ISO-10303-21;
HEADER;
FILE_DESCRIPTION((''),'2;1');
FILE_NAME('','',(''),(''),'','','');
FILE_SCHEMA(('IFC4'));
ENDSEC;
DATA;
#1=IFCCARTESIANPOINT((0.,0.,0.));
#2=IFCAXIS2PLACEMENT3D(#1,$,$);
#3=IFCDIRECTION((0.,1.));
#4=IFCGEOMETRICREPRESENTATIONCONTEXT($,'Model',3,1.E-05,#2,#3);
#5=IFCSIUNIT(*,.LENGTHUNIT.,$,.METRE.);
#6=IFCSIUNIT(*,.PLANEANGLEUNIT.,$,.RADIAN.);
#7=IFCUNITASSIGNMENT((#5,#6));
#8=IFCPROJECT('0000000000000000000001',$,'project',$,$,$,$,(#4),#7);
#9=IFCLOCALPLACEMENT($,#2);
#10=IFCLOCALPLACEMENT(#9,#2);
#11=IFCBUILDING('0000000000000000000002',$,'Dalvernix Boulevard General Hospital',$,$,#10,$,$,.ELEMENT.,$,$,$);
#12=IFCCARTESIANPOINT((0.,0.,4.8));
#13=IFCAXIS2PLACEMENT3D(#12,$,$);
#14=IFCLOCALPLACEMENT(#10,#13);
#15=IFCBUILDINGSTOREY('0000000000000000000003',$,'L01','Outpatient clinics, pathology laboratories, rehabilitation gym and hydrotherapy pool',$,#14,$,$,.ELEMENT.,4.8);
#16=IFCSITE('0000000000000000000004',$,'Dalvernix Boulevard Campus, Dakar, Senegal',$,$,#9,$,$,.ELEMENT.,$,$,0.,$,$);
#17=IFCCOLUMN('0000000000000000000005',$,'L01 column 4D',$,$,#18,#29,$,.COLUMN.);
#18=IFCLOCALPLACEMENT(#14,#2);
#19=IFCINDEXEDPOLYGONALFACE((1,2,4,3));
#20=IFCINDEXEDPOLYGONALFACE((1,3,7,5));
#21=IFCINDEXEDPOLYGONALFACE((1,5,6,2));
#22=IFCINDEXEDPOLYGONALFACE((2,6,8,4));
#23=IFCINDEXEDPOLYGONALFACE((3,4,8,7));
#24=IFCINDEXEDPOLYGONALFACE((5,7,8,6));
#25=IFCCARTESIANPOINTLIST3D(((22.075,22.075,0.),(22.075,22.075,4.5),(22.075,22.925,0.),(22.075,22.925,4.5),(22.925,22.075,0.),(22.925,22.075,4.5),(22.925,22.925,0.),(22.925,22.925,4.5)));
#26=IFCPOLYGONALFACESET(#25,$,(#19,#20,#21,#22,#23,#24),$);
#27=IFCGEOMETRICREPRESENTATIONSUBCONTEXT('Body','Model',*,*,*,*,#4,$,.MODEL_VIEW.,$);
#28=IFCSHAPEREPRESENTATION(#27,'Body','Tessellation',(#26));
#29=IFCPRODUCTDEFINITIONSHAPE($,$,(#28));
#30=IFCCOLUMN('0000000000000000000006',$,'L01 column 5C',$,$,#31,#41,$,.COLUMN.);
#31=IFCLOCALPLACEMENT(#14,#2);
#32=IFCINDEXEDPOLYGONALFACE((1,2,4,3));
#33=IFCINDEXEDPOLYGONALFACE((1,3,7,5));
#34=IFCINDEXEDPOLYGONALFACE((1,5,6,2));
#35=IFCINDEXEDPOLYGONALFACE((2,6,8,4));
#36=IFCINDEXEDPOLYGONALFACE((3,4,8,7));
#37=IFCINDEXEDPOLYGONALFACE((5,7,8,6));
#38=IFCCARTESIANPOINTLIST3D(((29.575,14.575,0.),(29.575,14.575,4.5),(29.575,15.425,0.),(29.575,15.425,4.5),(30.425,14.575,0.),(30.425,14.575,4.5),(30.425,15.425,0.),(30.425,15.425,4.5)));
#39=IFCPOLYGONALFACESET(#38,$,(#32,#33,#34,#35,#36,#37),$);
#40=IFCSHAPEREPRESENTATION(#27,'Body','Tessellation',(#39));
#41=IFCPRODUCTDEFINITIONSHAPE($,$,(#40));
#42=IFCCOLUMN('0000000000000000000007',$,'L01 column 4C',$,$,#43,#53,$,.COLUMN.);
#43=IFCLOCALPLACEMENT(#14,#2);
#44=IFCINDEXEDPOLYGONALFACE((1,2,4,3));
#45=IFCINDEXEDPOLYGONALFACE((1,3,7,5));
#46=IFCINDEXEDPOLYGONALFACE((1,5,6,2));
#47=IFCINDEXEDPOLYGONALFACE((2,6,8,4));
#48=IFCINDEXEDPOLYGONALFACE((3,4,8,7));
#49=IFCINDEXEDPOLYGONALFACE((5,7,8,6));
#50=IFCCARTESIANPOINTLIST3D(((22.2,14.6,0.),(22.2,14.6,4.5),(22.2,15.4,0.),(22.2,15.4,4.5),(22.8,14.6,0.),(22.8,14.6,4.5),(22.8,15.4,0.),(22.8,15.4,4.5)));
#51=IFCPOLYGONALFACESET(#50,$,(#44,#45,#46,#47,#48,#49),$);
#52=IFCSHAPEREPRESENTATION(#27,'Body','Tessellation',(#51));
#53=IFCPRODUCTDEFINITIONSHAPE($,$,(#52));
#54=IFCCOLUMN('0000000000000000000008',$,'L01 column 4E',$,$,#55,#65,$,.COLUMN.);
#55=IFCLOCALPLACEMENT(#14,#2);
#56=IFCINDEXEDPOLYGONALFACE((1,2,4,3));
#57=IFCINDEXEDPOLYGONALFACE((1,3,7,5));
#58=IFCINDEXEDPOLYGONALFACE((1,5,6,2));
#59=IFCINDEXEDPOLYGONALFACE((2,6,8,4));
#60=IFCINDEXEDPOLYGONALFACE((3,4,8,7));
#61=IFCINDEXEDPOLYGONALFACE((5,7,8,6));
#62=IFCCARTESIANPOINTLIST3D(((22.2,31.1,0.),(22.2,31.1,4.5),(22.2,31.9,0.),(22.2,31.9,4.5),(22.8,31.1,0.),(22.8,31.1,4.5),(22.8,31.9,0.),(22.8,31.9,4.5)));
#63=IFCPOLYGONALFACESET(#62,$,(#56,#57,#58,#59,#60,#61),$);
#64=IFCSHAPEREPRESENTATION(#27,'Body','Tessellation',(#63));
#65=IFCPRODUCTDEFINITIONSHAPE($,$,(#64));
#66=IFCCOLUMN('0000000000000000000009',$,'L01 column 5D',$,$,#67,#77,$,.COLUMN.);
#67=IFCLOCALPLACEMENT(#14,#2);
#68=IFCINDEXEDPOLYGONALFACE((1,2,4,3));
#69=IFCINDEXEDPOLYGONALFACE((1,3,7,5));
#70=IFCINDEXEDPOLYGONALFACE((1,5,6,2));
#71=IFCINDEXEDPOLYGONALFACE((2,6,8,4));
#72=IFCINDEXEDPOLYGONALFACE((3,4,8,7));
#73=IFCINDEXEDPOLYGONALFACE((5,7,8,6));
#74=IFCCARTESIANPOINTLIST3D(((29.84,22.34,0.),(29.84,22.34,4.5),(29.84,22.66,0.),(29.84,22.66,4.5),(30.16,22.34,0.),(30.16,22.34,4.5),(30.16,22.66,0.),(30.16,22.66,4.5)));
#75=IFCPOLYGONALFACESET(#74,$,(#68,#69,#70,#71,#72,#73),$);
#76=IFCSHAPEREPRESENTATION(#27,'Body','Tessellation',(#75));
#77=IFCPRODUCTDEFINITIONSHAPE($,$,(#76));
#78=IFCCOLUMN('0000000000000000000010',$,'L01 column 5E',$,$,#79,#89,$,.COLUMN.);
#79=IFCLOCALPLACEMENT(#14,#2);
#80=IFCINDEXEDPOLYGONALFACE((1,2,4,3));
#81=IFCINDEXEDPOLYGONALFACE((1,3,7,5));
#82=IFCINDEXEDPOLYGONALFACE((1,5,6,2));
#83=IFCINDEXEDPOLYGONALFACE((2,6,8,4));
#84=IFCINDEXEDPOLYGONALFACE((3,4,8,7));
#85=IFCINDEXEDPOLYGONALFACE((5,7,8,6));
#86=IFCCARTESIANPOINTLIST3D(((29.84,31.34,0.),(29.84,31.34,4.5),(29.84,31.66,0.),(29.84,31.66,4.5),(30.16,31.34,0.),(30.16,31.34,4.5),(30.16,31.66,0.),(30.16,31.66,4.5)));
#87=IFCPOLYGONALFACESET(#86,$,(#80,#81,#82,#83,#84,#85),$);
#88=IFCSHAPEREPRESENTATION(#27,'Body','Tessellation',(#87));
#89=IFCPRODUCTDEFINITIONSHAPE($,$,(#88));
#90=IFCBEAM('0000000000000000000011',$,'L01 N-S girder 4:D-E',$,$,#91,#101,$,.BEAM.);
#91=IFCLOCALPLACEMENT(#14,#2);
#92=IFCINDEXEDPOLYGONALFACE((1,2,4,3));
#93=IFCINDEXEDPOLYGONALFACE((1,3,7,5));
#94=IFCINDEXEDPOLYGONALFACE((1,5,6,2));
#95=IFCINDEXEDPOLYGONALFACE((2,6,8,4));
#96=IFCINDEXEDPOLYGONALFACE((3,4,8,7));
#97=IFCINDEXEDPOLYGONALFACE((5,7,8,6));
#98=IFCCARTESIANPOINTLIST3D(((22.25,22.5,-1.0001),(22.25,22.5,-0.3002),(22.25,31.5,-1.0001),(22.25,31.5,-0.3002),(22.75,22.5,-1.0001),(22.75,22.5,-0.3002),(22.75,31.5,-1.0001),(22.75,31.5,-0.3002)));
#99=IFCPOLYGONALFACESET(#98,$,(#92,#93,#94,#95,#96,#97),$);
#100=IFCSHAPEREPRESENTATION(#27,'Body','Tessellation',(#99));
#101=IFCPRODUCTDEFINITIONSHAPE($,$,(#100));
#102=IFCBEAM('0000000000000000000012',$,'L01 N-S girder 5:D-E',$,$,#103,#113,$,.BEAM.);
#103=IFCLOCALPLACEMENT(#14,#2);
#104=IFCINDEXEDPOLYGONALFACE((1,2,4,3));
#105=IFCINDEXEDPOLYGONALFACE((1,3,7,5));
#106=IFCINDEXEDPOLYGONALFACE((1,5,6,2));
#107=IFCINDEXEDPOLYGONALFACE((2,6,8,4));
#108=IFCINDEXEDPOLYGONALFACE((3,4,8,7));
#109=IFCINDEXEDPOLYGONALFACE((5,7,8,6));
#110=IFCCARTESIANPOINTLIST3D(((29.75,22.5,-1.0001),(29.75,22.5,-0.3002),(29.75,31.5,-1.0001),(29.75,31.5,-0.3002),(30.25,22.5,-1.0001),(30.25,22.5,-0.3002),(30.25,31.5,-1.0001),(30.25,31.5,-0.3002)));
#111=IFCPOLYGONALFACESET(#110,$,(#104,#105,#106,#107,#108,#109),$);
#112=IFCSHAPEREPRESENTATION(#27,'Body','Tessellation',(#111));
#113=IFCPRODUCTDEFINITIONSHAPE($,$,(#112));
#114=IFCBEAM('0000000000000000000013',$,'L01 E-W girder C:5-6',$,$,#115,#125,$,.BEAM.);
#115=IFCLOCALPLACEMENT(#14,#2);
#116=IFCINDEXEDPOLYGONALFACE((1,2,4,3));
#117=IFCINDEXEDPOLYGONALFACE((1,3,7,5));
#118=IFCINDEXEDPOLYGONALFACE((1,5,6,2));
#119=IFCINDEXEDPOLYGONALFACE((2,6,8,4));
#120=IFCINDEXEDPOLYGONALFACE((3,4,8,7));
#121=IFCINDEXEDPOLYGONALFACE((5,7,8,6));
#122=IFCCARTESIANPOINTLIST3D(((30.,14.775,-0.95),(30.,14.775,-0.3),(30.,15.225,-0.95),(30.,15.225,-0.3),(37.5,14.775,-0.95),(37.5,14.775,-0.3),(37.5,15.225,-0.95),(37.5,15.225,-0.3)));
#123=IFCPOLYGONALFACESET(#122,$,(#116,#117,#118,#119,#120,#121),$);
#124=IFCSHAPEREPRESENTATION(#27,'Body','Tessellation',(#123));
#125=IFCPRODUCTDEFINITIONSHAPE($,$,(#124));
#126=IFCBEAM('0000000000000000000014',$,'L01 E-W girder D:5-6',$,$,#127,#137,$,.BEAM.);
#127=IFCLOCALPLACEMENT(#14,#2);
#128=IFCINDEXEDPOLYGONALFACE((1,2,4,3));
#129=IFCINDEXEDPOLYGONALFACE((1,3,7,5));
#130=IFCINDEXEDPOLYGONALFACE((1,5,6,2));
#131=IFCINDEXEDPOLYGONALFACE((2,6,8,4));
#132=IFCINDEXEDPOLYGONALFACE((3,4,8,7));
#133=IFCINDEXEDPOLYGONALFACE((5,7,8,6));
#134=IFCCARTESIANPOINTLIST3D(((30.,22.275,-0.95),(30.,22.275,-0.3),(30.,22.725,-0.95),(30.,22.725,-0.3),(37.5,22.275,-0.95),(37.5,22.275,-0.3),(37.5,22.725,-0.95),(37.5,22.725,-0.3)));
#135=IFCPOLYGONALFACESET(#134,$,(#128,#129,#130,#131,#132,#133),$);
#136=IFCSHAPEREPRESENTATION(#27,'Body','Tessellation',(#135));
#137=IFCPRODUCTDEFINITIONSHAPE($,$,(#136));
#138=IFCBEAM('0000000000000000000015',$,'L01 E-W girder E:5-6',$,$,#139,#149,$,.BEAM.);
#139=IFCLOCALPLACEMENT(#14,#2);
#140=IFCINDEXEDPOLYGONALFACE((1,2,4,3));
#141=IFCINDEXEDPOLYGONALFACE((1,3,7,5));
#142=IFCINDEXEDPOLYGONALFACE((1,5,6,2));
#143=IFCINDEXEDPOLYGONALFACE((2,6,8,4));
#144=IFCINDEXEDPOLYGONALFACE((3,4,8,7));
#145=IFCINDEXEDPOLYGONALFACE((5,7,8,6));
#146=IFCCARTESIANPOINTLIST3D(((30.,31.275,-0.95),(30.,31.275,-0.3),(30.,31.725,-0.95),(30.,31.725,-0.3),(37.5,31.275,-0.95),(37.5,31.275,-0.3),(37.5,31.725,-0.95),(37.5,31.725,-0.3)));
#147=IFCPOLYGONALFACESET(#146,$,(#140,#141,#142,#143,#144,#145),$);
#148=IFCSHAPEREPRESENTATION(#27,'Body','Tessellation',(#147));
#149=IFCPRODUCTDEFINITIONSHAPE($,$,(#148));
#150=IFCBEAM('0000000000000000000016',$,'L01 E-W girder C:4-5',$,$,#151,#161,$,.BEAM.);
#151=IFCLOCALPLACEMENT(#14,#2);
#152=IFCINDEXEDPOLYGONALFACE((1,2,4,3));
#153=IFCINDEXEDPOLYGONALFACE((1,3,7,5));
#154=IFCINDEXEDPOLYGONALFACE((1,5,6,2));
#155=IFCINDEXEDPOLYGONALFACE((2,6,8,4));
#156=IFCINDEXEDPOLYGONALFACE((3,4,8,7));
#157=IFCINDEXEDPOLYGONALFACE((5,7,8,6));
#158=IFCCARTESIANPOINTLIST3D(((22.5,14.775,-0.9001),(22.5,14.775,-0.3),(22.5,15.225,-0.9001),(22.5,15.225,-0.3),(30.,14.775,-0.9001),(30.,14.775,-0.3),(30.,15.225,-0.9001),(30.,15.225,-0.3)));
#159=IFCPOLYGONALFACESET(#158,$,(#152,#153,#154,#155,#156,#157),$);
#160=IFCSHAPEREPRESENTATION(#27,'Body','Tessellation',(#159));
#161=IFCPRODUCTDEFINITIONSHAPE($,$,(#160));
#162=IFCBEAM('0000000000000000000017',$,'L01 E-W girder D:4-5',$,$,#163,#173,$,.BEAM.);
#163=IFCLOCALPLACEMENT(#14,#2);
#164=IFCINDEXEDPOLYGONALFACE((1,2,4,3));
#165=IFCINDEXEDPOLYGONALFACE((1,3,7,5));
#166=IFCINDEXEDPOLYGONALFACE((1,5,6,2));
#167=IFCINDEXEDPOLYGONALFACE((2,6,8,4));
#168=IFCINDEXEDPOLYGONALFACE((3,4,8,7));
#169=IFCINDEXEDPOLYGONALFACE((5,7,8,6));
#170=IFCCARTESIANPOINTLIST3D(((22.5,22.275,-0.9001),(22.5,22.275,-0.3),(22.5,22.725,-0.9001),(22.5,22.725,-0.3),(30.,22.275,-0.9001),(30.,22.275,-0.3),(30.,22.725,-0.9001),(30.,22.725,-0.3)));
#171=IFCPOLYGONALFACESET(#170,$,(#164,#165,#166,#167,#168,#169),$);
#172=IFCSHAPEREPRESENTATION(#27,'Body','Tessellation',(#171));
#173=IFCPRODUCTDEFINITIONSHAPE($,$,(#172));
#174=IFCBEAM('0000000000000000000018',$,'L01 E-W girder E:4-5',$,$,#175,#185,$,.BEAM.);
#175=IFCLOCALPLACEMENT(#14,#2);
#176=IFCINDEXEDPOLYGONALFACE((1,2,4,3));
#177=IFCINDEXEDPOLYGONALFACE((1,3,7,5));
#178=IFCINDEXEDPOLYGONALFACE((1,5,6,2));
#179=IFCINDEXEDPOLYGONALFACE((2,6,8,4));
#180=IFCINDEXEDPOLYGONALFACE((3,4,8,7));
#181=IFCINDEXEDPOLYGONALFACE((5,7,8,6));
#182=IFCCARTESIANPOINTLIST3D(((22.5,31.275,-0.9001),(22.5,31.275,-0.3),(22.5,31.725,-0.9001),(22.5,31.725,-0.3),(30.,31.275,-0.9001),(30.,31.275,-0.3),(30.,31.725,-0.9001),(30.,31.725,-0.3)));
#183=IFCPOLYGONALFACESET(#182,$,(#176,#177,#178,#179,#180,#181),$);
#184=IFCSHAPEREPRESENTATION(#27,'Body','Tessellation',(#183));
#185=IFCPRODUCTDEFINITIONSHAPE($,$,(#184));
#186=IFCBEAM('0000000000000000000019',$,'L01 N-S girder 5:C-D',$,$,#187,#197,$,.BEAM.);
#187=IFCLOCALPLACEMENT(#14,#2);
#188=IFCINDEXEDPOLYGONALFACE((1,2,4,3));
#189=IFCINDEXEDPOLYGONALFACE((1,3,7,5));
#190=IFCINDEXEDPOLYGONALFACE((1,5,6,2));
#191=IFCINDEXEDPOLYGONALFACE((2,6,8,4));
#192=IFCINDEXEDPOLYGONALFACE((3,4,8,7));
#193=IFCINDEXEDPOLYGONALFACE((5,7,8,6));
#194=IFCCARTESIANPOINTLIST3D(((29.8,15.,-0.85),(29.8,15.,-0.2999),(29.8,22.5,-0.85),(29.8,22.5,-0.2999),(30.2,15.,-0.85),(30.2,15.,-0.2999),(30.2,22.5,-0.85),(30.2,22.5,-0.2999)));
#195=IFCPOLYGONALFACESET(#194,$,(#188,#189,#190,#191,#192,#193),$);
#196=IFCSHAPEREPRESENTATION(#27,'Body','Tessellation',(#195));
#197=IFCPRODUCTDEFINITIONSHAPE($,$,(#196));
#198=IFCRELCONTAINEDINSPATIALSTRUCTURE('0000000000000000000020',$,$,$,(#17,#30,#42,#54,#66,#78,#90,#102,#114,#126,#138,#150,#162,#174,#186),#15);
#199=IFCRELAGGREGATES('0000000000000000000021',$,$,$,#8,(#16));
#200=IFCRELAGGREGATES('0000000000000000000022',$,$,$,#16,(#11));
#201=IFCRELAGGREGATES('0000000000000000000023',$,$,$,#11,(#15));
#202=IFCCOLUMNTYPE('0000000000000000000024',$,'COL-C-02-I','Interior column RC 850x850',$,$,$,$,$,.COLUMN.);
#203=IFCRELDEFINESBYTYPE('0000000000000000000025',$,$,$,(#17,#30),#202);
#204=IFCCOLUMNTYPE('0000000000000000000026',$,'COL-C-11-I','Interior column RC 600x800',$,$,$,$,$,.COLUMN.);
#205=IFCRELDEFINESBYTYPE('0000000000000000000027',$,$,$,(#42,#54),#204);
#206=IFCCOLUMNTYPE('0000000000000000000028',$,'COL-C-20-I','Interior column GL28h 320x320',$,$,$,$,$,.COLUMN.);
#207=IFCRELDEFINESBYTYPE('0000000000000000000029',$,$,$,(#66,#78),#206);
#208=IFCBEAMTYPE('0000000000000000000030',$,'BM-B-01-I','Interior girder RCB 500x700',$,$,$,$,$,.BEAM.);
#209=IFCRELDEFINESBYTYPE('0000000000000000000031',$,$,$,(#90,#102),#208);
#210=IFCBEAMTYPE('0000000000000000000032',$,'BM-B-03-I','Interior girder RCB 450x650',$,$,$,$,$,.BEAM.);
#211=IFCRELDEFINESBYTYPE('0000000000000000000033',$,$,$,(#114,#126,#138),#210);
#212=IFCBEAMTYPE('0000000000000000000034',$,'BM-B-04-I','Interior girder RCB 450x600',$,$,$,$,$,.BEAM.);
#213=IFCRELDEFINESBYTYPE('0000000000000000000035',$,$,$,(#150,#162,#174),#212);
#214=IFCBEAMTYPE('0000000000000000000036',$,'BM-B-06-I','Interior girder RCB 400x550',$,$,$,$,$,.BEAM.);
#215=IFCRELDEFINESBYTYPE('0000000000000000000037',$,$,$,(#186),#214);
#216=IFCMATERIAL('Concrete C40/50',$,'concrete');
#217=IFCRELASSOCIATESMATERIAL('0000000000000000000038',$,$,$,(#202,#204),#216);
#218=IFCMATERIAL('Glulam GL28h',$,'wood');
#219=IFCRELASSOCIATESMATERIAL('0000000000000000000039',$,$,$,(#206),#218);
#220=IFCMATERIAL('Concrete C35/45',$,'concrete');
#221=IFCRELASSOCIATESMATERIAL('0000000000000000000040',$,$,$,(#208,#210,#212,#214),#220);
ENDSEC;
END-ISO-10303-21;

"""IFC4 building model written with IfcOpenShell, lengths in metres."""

from ifc_helpers import new_model, si_unit, direction, frame, origin, origin_2d, place, context, subcontext, project, spatial, rectangle, extrude, material, material_profile, profile_set, type_object, element, save


model = new_model("IFC4")

# Units and contexts
model_context = context("Model", 3, precision=1e-05, world=origin(), true_north=direction((0.0, 1.0)))
body_context = subcontext(model_context, "Body", "Model", "MODEL_VIEW")
ifc_project = project(units=[si_unit("LENGTHUNIT", "METRE"), si_unit("PLANEANGLEUNIT", "RADIAN")], contexts=[model_context])

# Site, building, storey
site_placement = place(None, origin())
site = spatial("IfcSite", under=ifc_project, at=site_placement, Name="Dalvernix Boulevard Campus, Dakar, Senegal", CompositionType="ELEMENT", RefElevation=0.0)
building_placement = place(site_placement, origin())
building = spatial("IfcBuilding", under=site, at=building_placement, Name="Dalvernix Boulevard General Hospital", CompositionType="ELEMENT")
storey_placement = place(building_placement, frame((0.0, 0.0, 4.8)))
storey = spatial("IfcBuildingStorey", under=building, at=storey_placement, Name="L01", Description="Outpatient clinics, pathology laboratories, rehabilitation gym and hydrotherapy pool", CompositionType="ELEMENT", Elevation=4.8)

# Columns
ifc_material_1 = material(Name="Concrete C40/50", Category="concrete")
ifc_material_profile_1 = material_profile(ifc_material_1, rectangle(XDim=0.8501, YDim=0.8501, at=origin_2d()), Name="RC 850x850")
ifc_profile_set_1 = profile_set([ifc_material_profile_1], Name="Concrete C40/50")
column_type_1 = type_object("IfcColumnType", Name="COL-C-02-I", Description="Interior column RC 850x850", PredefinedType="COLUMN", material=ifc_profile_set_1)
for number, where, z_axis, x_axis, name in (
    (1, (22.5, 22.5, 0.0), (0.0, 0.0, 1.0), (1.0, 0.0, 0.0), "L01 column 4D"),
    (2, (30.0, 15.0, 0.0), (0.0, 0.0, 1.0), (1.0, 0.0, 0.0), "L01 column 5C"),
):
    element("IfcColumn", number, at=place(storey_placement, frame(where, z_axis=z_axis, x_axis=x_axis)), inside=storey, type_object=column_type_1, Name=name, PredefinedType="COLUMN", context=body_context, shape_type="SweptSolid", body=[
        extrude(rectangle(XDim=0.8501, YDim=0.8501, at=origin_2d()), origin(), (0.0, 0.0, 1.0), 4.5),
    ])
ifc_material_profile_2 = material_profile(ifc_material_1, rectangle(XDim=0.6001, YDim=0.8, at=origin_2d()), Name="RC 600x800")
ifc_profile_set_2 = profile_set([ifc_material_profile_2], Name="Concrete C40/50")
column_type_2 = type_object("IfcColumnType", Name="COL-C-11-I", Description="Interior column RC 600x800", PredefinedType="COLUMN", material=ifc_profile_set_2)
for number, where, z_axis, x_axis, name in (
    (3, (22.5, 15.0, 0.0), (0.0, 0.0, 1.0), (1.0, 0.0, 0.0), "L01 column 4C"),
    (4, (22.5, 31.5, 0.0), (0.0, 0.0, 1.0), (1.0, 0.0, 0.0), "L01 column 4E"),
):
    element("IfcColumn", number, at=place(storey_placement, frame(where, z_axis=z_axis, x_axis=x_axis)), inside=storey, type_object=column_type_2, Name=name, PredefinedType="COLUMN", context=body_context, shape_type="SweptSolid", body=[
        extrude(rectangle(XDim=0.6001, YDim=0.8, at=origin_2d()), origin(), (0.0, 0.0, 1.0), 4.5),
    ])
ifc_material_2 = material(Name="Glulam GL28h", Category="wood")
ifc_material_profile_3 = material_profile(ifc_material_2, rectangle(XDim=0.3201, YDim=0.3201, at=origin_2d()), Name="GL28h 320x320")
ifc_profile_set_3 = profile_set([ifc_material_profile_3], Name="Glulam GL28h")
column_type_3 = type_object("IfcColumnType", Name="COL-C-20-I", Description="Interior column GL28h 320x320", PredefinedType="COLUMN", material=ifc_profile_set_3)
for number, where, z_axis, x_axis, name in (
    (5, (30.0, 22.5, 0.0), (0.0, 0.0, 1.0), (1.0, 0.0, 0.0), "L01 column 5D"),
    (6, (30.0, 31.5, 0.0), (0.0, 0.0, 1.0), (1.0, 0.0, 0.0), "L01 column 5E"),
):
    element("IfcColumn", number, at=place(storey_placement, frame(where, z_axis=z_axis, x_axis=x_axis)), inside=storey, type_object=column_type_3, Name=name, PredefinedType="COLUMN", context=body_context, shape_type="SweptSolid", body=[
        extrude(rectangle(XDim=0.3201, YDim=0.3201, at=origin_2d()), origin(), (0.0, 0.0, 1.0), 4.5),
    ])

# Beams
ifc_material_3 = material(Name="Concrete C35/45", Category="concrete")
ifc_material_profile_4 = material_profile(ifc_material_3, rectangle(XDim=0.5, YDim=0.7, at=origin_2d()), Name="RCB 500x700")
ifc_profile_set_4 = profile_set([ifc_material_profile_4], Name="Concrete C35/45")
beam_type_1 = type_object("IfcBeamType", Name="BM-B-01-I", Description="Interior girder RCB 500x700", PredefinedType="BEAM", material=ifc_profile_set_4)
for number, where, z_axis, x_axis, name in (
    (7, (22.5, 22.5, -0.6501), (0.0, 1.0, 0.0), (-1.0, 0.0, 0.0), "L01 N-S girder 4:D-E"),
    (8, (30.0, 22.5, -0.6501), (0.0, 1.0, 0.0), (-1.0, 0.0, 0.0), "L01 N-S girder 5:D-E"),
):
    element("IfcBeam", number, at=place(storey_placement, frame(where, z_axis=z_axis, x_axis=x_axis)), inside=storey, type_object=beam_type_1, Name=name, PredefinedType="BEAM", context=body_context, shape_type="SweptSolid", body=[
        extrude(rectangle(XDim=0.5, YDim=0.7, at=origin_2d()), origin(), (0.0, 0.0, 1.0), 9.0),
    ])
ifc_material_profile_5 = material_profile(ifc_material_3, rectangle(XDim=0.45, YDim=0.6499, at=origin_2d()), Name="RCB 450x650")
ifc_profile_set_5 = profile_set([ifc_material_profile_5], Name="Concrete C35/45")
beam_type_2 = type_object("IfcBeamType", Name="BM-B-03-I", Description="Interior girder RCB 450x650", PredefinedType="BEAM", material=ifc_profile_set_5)
for number, where, z_axis, x_axis, name in (
    (9, (30.0, 15.0, -0.625), (1.0, 0.0, 0.0), (0.0, 1.0, 0.0), "L01 E-W girder C:5-6"),
    (10, (30.0, 22.5, -0.625), (1.0, 0.0, 0.0), (0.0, 1.0, 0.0), "L01 E-W girder D:5-6"),
    (11, (30.0, 31.5, -0.625), (1.0, 0.0, 0.0), (0.0, 1.0, 0.0), "L01 E-W girder E:5-6"),
):
    element("IfcBeam", number, at=place(storey_placement, frame(where, z_axis=z_axis, x_axis=x_axis)), inside=storey, type_object=beam_type_2, Name=name, PredefinedType="BEAM", context=body_context, shape_type="SweptSolid", body=[
        extrude(rectangle(XDim=0.45, YDim=0.6499, at=origin_2d()), origin(), (0.0, 0.0, 1.0), 7.5),
    ])
ifc_material_profile_6 = material_profile(ifc_material_3, rectangle(XDim=0.45, YDim=0.6001, at=origin_2d()), Name="RCB 450x600")
ifc_profile_set_6 = profile_set([ifc_material_profile_6], Name="Concrete C35/45")
beam_type_3 = type_object("IfcBeamType", Name="BM-B-04-I", Description="Interior girder RCB 450x600", PredefinedType="BEAM", material=ifc_profile_set_6)
for number, where, z_axis, x_axis, name in (
    (12, (22.5, 15.0, -0.6001), (1.0, 0.0, 0.0), (0.0, 1.0, 0.0), "L01 E-W girder C:4-5"),
    (13, (22.5, 22.5, -0.6001), (1.0, 0.0, 0.0), (0.0, 1.0, 0.0), "L01 E-W girder D:4-5"),
    (14, (22.5, 31.5, -0.6001), (1.0, 0.0, 0.0), (0.0, 1.0, 0.0), "L01 E-W girder E:4-5"),
):
    element("IfcBeam", number, at=place(storey_placement, frame(where, z_axis=z_axis, x_axis=x_axis)), inside=storey, type_object=beam_type_3, Name=name, PredefinedType="BEAM", context=body_context, shape_type="SweptSolid", body=[
        extrude(rectangle(XDim=0.45, YDim=0.6001, at=origin_2d()), origin(), (0.0, 0.0, 1.0), 7.5),
    ])
ifc_material_profile_7 = material_profile(ifc_material_3, rectangle(XDim=0.3999, YDim=0.55, at=origin_2d()), Name="RCB 400x550")
ifc_profile_set_7 = profile_set([ifc_material_profile_7], Name="Concrete C35/45")
beam_type_4 = type_object("IfcBeamType", Name="BM-B-06-I", Description="Interior girder RCB 400x550", PredefinedType="BEAM", material=ifc_profile_set_7)
for number, where, z_axis, x_axis, name in (
    (15, (30.0, 15.0, -0.575), (0.0, 1.0, 0.0), (-1.0, 0.0, 0.0), "L01 N-S girder 5:C-D"),
):
    element("IfcBeam", number, at=place(storey_placement, frame(where, z_axis=z_axis, x_axis=x_axis)), inside=storey, type_object=beam_type_4, Name=name, PredefinedType="BEAM", context=body_context, shape_type="SweptSolid", body=[
        extrude(rectangle(XDim=0.3999, YDim=0.55, at=origin_2d()), origin(), (0.0, 0.0, 1.0), 7.5),
    ])

save(model, "model.ifc")
